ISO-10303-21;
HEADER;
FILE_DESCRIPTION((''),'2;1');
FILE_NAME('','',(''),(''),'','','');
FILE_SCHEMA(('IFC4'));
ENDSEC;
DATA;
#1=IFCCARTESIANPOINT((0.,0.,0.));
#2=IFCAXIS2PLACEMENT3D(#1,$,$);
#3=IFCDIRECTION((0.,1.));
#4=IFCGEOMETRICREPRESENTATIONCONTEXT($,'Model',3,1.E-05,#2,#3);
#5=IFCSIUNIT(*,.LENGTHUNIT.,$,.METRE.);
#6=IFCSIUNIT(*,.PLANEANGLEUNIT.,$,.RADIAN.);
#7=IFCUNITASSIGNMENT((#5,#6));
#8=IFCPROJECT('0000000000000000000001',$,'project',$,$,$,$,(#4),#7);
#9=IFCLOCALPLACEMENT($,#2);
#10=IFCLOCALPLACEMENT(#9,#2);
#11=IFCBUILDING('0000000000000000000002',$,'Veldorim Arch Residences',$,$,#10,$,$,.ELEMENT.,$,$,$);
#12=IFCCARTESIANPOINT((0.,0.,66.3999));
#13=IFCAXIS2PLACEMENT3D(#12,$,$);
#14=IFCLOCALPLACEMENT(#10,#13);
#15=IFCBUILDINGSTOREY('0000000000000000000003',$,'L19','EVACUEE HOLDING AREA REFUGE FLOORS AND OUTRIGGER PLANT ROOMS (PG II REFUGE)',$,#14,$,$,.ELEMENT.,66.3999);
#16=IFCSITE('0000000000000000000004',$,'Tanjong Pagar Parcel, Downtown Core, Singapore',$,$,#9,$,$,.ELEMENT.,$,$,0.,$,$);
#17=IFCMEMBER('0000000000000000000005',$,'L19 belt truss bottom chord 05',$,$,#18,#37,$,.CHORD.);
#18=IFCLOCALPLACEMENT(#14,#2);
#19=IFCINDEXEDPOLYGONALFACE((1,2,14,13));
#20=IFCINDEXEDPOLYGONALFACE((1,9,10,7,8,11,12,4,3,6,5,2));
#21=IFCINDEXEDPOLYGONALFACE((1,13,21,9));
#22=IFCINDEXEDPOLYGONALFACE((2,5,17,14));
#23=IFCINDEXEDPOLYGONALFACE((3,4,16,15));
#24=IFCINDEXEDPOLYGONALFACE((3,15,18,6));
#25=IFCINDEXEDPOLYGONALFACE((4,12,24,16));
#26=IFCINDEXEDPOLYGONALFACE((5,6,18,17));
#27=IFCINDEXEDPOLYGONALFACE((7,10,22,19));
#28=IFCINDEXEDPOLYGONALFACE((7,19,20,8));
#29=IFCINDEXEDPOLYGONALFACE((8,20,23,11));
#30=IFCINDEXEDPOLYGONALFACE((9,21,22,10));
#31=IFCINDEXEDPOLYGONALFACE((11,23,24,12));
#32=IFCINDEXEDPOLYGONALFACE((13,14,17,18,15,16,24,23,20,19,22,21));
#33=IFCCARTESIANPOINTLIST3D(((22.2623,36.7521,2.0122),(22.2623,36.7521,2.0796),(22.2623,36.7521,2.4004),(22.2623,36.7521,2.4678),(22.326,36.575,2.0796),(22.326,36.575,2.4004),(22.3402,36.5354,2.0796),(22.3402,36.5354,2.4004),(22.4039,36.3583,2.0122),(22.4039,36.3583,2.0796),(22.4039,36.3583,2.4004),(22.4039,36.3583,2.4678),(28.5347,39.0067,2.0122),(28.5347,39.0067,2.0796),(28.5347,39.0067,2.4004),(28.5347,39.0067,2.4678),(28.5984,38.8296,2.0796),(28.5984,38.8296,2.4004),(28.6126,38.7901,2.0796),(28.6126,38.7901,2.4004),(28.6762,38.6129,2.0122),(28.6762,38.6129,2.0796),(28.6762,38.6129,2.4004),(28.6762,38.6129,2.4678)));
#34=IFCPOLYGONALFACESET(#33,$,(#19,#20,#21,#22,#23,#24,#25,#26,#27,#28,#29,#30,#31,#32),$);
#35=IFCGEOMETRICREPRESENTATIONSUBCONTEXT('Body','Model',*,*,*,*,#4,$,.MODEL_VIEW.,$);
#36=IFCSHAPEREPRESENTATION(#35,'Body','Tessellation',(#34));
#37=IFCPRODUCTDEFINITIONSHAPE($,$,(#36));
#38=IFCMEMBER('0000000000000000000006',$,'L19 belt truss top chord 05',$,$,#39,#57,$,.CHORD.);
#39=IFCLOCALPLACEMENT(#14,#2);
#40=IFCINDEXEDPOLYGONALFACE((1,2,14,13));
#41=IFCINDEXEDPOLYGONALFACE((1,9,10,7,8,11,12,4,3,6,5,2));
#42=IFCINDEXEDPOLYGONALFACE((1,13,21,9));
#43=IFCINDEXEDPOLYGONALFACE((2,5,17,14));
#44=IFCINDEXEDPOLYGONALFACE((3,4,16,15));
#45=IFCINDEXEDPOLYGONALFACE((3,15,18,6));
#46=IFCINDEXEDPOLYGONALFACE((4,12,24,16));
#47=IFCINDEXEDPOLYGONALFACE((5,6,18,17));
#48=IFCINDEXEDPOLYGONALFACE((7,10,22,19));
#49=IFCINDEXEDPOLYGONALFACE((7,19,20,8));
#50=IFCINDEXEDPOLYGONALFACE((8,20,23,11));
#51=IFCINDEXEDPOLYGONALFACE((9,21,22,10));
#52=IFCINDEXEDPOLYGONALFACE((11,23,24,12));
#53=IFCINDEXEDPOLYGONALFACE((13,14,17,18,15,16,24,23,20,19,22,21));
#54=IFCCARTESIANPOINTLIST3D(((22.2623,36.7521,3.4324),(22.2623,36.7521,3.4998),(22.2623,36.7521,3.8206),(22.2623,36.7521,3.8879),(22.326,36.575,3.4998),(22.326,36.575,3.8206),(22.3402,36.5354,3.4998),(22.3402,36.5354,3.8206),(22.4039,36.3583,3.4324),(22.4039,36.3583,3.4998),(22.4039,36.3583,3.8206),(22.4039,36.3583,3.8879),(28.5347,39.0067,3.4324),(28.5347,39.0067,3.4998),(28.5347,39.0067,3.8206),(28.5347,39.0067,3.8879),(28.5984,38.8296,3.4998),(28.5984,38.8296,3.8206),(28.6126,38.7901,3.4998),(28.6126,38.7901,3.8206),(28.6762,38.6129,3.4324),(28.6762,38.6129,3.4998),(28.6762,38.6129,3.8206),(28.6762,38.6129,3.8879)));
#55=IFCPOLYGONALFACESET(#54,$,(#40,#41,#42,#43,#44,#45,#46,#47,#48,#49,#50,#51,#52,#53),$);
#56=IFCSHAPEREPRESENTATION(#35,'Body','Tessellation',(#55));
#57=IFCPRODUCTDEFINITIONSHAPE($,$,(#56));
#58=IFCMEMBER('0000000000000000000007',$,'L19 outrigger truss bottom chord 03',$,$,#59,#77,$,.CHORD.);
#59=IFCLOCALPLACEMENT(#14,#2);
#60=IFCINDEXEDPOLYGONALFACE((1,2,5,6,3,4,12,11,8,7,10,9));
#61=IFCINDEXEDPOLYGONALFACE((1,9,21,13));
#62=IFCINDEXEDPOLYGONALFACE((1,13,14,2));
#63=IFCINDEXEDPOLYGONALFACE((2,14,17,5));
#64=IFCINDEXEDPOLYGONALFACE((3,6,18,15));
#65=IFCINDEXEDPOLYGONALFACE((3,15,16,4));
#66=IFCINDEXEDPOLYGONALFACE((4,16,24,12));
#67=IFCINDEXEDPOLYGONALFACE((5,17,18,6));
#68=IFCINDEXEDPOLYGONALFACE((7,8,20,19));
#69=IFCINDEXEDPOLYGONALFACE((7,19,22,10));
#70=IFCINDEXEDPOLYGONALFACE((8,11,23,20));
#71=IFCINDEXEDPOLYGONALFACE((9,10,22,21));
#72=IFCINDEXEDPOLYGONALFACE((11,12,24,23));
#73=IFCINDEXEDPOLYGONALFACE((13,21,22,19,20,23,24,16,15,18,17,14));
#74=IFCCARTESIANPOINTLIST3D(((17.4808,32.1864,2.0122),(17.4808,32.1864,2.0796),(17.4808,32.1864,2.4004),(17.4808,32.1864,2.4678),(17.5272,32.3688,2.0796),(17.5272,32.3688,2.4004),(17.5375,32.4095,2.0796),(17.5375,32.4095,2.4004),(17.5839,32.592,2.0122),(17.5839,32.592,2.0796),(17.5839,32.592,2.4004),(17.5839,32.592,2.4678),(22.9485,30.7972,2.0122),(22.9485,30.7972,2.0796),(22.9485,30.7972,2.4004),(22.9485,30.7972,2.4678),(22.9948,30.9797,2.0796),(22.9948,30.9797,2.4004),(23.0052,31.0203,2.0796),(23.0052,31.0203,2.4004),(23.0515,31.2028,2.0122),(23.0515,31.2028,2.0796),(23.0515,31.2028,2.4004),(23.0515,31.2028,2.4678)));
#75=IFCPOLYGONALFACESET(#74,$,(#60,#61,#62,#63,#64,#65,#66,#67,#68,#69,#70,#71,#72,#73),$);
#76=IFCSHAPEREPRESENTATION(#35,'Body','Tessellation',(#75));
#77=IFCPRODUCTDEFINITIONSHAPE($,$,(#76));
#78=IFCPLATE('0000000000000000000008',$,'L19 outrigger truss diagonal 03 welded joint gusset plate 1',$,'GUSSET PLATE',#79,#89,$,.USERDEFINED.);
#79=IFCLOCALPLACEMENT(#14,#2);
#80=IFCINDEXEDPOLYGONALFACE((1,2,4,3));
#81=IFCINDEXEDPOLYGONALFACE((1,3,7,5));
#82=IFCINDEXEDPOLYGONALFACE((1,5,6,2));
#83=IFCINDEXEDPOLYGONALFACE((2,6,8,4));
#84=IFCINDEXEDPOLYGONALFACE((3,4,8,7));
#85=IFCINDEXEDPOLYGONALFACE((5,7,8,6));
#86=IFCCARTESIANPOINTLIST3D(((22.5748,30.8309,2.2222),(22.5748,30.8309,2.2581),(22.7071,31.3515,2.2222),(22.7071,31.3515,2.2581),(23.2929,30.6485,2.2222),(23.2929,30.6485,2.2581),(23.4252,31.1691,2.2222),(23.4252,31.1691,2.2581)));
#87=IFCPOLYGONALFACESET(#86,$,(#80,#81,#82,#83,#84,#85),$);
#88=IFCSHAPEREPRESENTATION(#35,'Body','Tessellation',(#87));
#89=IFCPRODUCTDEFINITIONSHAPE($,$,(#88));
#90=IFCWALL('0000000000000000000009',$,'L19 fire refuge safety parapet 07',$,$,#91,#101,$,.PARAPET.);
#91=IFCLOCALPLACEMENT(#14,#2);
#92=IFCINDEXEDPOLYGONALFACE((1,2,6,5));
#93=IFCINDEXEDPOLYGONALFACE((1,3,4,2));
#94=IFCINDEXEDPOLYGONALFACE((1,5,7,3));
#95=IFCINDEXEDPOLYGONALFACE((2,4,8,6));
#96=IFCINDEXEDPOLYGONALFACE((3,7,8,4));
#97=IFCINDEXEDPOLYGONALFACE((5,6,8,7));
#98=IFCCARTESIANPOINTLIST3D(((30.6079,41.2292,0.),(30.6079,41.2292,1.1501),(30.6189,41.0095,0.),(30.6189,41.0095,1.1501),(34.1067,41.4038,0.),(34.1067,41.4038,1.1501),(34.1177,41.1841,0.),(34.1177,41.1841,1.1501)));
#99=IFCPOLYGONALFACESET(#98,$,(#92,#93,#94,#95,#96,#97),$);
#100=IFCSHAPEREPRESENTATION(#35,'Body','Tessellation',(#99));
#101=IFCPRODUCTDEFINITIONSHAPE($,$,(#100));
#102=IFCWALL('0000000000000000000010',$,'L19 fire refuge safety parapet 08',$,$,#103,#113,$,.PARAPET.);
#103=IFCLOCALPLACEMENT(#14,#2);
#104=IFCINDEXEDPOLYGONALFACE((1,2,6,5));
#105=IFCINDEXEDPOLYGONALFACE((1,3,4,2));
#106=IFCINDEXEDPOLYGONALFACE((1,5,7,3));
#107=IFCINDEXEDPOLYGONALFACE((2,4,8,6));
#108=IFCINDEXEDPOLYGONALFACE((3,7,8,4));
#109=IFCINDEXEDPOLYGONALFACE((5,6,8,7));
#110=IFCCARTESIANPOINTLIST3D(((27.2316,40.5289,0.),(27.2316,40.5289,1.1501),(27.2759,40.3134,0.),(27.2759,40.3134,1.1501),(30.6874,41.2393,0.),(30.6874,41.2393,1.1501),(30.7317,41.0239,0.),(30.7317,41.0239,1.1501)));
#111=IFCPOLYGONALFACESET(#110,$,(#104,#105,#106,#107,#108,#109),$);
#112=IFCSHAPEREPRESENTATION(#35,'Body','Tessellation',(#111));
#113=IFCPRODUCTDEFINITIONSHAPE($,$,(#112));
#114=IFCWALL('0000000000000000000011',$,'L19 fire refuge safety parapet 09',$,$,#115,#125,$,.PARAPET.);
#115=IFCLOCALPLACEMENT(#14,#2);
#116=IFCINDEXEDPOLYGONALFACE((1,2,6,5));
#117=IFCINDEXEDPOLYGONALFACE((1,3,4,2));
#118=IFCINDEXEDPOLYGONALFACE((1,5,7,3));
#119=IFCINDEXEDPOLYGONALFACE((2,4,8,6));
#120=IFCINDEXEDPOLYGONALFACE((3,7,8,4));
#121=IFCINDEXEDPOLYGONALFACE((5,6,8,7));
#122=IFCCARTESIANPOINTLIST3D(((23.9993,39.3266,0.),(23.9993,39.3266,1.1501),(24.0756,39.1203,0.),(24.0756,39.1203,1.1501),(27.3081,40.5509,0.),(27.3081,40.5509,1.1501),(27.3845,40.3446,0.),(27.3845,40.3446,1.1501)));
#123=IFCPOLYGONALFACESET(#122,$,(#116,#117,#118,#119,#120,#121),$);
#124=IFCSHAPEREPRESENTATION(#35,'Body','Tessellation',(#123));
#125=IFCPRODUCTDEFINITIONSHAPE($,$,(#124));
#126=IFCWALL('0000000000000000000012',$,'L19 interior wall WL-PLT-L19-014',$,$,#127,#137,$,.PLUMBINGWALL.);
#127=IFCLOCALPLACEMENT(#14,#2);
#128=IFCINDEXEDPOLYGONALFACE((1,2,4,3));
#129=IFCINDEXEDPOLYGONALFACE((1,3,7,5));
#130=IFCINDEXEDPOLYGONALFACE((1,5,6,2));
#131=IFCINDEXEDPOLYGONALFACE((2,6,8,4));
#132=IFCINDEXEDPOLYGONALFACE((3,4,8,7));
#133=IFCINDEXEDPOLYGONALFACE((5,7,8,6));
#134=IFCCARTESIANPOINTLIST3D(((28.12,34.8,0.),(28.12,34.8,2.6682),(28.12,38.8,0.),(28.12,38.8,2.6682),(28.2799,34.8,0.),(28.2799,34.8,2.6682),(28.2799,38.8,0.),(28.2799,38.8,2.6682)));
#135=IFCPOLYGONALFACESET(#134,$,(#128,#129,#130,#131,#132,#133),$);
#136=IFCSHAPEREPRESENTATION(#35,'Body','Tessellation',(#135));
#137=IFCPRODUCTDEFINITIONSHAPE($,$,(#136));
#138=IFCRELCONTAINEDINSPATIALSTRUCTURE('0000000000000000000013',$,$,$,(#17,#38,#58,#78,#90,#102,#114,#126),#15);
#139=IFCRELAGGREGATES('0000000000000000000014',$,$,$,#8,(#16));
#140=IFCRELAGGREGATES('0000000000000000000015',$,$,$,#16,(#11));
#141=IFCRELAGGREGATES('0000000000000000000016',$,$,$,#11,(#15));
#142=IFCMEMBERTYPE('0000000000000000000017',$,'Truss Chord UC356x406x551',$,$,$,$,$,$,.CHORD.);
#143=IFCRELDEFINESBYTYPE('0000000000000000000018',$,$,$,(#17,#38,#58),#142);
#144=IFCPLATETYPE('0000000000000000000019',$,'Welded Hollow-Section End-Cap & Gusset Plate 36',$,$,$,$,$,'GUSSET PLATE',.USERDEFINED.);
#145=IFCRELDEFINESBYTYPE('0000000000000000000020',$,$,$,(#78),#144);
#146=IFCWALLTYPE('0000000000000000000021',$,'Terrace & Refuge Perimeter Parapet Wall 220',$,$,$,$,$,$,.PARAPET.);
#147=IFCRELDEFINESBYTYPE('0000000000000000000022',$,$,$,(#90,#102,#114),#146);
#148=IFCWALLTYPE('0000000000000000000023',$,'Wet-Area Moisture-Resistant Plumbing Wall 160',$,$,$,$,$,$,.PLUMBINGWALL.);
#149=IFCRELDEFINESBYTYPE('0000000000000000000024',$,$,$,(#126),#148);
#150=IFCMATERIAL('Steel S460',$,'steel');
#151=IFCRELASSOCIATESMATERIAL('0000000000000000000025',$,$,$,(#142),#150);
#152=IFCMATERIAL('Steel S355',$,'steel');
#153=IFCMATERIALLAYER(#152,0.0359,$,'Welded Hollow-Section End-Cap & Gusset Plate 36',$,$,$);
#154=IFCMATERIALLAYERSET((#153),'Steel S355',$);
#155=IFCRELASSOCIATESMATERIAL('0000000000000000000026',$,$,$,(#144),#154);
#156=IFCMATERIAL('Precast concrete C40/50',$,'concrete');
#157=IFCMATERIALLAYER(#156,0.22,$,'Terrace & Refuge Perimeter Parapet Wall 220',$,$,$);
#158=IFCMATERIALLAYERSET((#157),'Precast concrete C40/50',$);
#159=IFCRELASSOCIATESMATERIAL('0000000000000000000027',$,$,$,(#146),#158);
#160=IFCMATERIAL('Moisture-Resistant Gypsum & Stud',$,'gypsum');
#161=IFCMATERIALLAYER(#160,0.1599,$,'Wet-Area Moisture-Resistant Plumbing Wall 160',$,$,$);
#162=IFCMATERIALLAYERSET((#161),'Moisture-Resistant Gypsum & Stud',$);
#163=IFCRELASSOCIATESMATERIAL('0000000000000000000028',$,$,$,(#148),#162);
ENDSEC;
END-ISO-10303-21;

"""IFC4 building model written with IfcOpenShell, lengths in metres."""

from ifc_helpers import new_model, si_unit, direction, frame, frame_2d, origin, origin_2d, place, context, subcontext, project, spatial, rectangle, i_section, extrude, material, layer, layer_set, material_profile, profile_set, type_object, element, save


model = new_model("IFC4")

# Units and contexts
model_context = context("Model", 3, precision=1e-05, world=origin(), true_north=direction((0.0, 1.0)))
body_context = subcontext(model_context, "Body", "Model", "MODEL_VIEW")
ifc_project = project(units=[si_unit("LENGTHUNIT", "METRE"), si_unit("PLANEANGLEUNIT", "RADIAN")], contexts=[model_context])

# Site, building, storey
site_placement = place(None, origin())
site = spatial("IfcSite", under=ifc_project, at=site_placement, Name="Tanjong Pagar Parcel, Downtown Core, Singapore", CompositionType="ELEMENT", RefElevation=0.0)
building_placement = place(site_placement, origin())
building = spatial("IfcBuilding", under=site, at=building_placement, Name="Veldorim Arch Residences", CompositionType="ELEMENT")
storey_placement = place(building_placement, frame((0.0, 0.0, 66.3999)))
storey = spatial("IfcBuildingStorey", under=building, at=storey_placement, Name="L19", Description="EVACUEE HOLDING AREA REFUGE FLOORS AND OUTRIGGER PLANT ROOMS (PG II REFUGE)", CompositionType="ELEMENT", Elevation=66.3999)

# Members
ifc_material_1 = material(Name="Steel S460", Category="steel")
ifc_material_profile_1 = material_profile(ifc_material_1, i_section(OverallWidth=0.4185, OverallDepth=0.4556, WebThickness=0.042, FlangeThickness=0.0674, at=origin_2d()), Name="UC356x406x551")
ifc_profile_set_1 = profile_set([ifc_material_profile_1], Name="Steel S460")
member_type_1 = type_object("IfcMemberType", Name="Truss Chord UC356x406x551", PredefinedType="CHORD", material=ifc_profile_set_1)
for number, where, z_axis, x_axis, name in (
    (1, (28.6055, 38.8098, 2.24), (-0.941052, -0.338262, 0.0), (0.338262, -0.941052, 0.0), "L19 belt truss bottom chord 05"),
    (2, (28.6055, 38.8098, 3.6602), (-0.941052, -0.338262, 0.0), (0.338262, -0.941052, 0.0), "L19 belt truss top chord 05"),
):
    element("IfcMember", number, at=place(storey_placement, frame(where, z_axis=z_axis, x_axis=x_axis)), inside=storey, type_object=member_type_1, Name=name, PredefinedType="CHORD", context=body_context, shape_type="SweptSolid", body=[
        extrude(i_section(OverallWidth=0.4185, OverallDepth=0.4556, WebThickness=0.042, FlangeThickness=0.0674, at=origin_2d()), origin(), (0.0, 0.0, 1.0), 6.6653),
    ])
member_1_placement = place(storey_placement, frame((23.0, 31.0, 2.24), z_axis=(-0.969206, 0.246251, 0.0), x_axis=(-0.246251, -0.969206, 0.0)))
element("IfcMember", 3, at=member_1_placement, inside=storey, type_object=member_type_1, Name="L19 outrigger truss bottom chord 03", PredefinedType="CHORD", context=body_context, shape_type="SweptSolid", body=[
    extrude(i_section(OverallWidth=0.4185, OverallDepth=0.4556, WebThickness=0.042, FlangeThickness=0.0674, at=origin_2d()), origin(), (0.0, 0.0, 1.0), 5.6414),
])

# Plate
ifc_material_2 = material(Name="Steel S355", Category="steel")
ifc_layer_1 = layer(ifc_material_2, 0.0359, Name="Welded Hollow-Section End-Cap & Gusset Plate 36")
ifc_layer_set_1 = layer_set([ifc_layer_1], Name="Steel S355")
plate_type = type_object("IfcPlateType", Name="Welded Hollow-Section End-Cap & Gusset Plate 36", ElementType="GUSSET PLATE", PredefinedType="USERDEFINED", material=ifc_layer_set_1)
plate_placement = place(storey_placement, frame((23.0, 31.0, 2.2222), z_axis=(0.0, 0.0, 1.0), x_axis=(-0.969209, 0.246238, 0.0)))
element("IfcPlate", 4, at=plate_placement, inside=storey, type_object=plate_type, Name="L19 outrigger truss diagonal 03 welded joint gusset plate 1", ObjectType="GUSSET PLATE", PredefinedType="USERDEFINED", context=body_context, shape_type="SweptSolid", body=[
    extrude(rectangle(XDim=0.741, YDim=0.5371, at=origin_2d()), origin(), (0.0, 0.0, 1.0), 0.0359),
])

# Walls
ifc_material_3 = material(Name="Precast concrete C40/50", Category="concrete")
ifc_layer_2 = layer(ifc_material_3, 0.22, Name="Terrace & Refuge Perimeter Parapet Wall 220")
ifc_layer_set_2 = layer_set([ifc_layer_2], Name="Precast concrete C40/50")
wall_type_1 = type_object("IfcWallType", Name="Terrace & Refuge Perimeter Parapet Wall 220", PredefinedType="PARAPET", material=ifc_layer_set_2)
wall_1_placement = place(storey_placement, frame((30.6135, 41.1194, 0.0), z_axis=(0.0, 0.0, 1.0), x_axis=(0.998758, 0.04983, 0.0)))
element("IfcWall", 5, at=wall_1_placement, inside=storey, type_object=wall_type_1, Name="L19 fire refuge safety parapet 07", PredefinedType="PARAPET", context=body_context, shape_type="SweptSolid", body=[
    extrude(rectangle(XDim=3.5032, YDim=0.22, at=frame_2d((1.7515, 0.0))), origin(), (0.0, 0.0, 1.0), 1.1501),
])
for number, where, z_axis, x_axis, name in (
    (6, (27.2537, 40.4211, 0.0), (0.0, 0.0, 1.0), (0.979515, 0.20137, 0.0), "L19 fire refuge safety parapet 08"),
    (7, (24.0374, 39.2234, 0.0), (0.0, 0.0, 1.0), (0.937853, 0.347033, 0.0), "L19 fire refuge safety parapet 09"),
):
    element("IfcWall", number, at=place(storey_placement, frame(where, z_axis=z_axis, x_axis=x_axis)), inside=storey, type_object=wall_type_1, Name=name, PredefinedType="PARAPET", context=body_context, shape_type="SweptSolid", body=[
        extrude(rectangle(XDim=3.5281, YDim=0.22, at=frame_2d((1.7642, 0.0))), origin(), (0.0, 0.0, 1.0), 1.1501),
    ])
ifc_material_4 = material(Name="Moisture-Resistant Gypsum & Stud", Category="gypsum")
ifc_layer_3 = layer(ifc_material_4, 0.1599, Name="Wet-Area Moisture-Resistant Plumbing Wall 160")
ifc_layer_set_3 = layer_set([ifc_layer_3], Name="Moisture-Resistant Gypsum & Stud")
wall_type_2 = type_object("IfcWallType", Name="Wet-Area Moisture-Resistant Plumbing Wall 160", PredefinedType="PLUMBINGWALL", material=ifc_layer_set_3)
wall_2_placement = place(storey_placement, frame((28.2, 34.8, 0.0), z_axis=(0.0, 0.0, 1.0), x_axis=(0.0, 1.0, 0.0)))
element("IfcWall", 8, at=wall_2_placement, inside=storey, type_object=wall_type_2, Name="L19 interior wall WL-PLT-L19-014", PredefinedType="PLUMBINGWALL", context=body_context, shape_type="SweptSolid", body=[
    extrude(rectangle(XDim=4.0, YDim=0.1599, at=frame_2d((2.0, 0.0))), origin(), (0.0, 0.0, 1.0), 2.6682),
])

save(model, "model.ifc")
